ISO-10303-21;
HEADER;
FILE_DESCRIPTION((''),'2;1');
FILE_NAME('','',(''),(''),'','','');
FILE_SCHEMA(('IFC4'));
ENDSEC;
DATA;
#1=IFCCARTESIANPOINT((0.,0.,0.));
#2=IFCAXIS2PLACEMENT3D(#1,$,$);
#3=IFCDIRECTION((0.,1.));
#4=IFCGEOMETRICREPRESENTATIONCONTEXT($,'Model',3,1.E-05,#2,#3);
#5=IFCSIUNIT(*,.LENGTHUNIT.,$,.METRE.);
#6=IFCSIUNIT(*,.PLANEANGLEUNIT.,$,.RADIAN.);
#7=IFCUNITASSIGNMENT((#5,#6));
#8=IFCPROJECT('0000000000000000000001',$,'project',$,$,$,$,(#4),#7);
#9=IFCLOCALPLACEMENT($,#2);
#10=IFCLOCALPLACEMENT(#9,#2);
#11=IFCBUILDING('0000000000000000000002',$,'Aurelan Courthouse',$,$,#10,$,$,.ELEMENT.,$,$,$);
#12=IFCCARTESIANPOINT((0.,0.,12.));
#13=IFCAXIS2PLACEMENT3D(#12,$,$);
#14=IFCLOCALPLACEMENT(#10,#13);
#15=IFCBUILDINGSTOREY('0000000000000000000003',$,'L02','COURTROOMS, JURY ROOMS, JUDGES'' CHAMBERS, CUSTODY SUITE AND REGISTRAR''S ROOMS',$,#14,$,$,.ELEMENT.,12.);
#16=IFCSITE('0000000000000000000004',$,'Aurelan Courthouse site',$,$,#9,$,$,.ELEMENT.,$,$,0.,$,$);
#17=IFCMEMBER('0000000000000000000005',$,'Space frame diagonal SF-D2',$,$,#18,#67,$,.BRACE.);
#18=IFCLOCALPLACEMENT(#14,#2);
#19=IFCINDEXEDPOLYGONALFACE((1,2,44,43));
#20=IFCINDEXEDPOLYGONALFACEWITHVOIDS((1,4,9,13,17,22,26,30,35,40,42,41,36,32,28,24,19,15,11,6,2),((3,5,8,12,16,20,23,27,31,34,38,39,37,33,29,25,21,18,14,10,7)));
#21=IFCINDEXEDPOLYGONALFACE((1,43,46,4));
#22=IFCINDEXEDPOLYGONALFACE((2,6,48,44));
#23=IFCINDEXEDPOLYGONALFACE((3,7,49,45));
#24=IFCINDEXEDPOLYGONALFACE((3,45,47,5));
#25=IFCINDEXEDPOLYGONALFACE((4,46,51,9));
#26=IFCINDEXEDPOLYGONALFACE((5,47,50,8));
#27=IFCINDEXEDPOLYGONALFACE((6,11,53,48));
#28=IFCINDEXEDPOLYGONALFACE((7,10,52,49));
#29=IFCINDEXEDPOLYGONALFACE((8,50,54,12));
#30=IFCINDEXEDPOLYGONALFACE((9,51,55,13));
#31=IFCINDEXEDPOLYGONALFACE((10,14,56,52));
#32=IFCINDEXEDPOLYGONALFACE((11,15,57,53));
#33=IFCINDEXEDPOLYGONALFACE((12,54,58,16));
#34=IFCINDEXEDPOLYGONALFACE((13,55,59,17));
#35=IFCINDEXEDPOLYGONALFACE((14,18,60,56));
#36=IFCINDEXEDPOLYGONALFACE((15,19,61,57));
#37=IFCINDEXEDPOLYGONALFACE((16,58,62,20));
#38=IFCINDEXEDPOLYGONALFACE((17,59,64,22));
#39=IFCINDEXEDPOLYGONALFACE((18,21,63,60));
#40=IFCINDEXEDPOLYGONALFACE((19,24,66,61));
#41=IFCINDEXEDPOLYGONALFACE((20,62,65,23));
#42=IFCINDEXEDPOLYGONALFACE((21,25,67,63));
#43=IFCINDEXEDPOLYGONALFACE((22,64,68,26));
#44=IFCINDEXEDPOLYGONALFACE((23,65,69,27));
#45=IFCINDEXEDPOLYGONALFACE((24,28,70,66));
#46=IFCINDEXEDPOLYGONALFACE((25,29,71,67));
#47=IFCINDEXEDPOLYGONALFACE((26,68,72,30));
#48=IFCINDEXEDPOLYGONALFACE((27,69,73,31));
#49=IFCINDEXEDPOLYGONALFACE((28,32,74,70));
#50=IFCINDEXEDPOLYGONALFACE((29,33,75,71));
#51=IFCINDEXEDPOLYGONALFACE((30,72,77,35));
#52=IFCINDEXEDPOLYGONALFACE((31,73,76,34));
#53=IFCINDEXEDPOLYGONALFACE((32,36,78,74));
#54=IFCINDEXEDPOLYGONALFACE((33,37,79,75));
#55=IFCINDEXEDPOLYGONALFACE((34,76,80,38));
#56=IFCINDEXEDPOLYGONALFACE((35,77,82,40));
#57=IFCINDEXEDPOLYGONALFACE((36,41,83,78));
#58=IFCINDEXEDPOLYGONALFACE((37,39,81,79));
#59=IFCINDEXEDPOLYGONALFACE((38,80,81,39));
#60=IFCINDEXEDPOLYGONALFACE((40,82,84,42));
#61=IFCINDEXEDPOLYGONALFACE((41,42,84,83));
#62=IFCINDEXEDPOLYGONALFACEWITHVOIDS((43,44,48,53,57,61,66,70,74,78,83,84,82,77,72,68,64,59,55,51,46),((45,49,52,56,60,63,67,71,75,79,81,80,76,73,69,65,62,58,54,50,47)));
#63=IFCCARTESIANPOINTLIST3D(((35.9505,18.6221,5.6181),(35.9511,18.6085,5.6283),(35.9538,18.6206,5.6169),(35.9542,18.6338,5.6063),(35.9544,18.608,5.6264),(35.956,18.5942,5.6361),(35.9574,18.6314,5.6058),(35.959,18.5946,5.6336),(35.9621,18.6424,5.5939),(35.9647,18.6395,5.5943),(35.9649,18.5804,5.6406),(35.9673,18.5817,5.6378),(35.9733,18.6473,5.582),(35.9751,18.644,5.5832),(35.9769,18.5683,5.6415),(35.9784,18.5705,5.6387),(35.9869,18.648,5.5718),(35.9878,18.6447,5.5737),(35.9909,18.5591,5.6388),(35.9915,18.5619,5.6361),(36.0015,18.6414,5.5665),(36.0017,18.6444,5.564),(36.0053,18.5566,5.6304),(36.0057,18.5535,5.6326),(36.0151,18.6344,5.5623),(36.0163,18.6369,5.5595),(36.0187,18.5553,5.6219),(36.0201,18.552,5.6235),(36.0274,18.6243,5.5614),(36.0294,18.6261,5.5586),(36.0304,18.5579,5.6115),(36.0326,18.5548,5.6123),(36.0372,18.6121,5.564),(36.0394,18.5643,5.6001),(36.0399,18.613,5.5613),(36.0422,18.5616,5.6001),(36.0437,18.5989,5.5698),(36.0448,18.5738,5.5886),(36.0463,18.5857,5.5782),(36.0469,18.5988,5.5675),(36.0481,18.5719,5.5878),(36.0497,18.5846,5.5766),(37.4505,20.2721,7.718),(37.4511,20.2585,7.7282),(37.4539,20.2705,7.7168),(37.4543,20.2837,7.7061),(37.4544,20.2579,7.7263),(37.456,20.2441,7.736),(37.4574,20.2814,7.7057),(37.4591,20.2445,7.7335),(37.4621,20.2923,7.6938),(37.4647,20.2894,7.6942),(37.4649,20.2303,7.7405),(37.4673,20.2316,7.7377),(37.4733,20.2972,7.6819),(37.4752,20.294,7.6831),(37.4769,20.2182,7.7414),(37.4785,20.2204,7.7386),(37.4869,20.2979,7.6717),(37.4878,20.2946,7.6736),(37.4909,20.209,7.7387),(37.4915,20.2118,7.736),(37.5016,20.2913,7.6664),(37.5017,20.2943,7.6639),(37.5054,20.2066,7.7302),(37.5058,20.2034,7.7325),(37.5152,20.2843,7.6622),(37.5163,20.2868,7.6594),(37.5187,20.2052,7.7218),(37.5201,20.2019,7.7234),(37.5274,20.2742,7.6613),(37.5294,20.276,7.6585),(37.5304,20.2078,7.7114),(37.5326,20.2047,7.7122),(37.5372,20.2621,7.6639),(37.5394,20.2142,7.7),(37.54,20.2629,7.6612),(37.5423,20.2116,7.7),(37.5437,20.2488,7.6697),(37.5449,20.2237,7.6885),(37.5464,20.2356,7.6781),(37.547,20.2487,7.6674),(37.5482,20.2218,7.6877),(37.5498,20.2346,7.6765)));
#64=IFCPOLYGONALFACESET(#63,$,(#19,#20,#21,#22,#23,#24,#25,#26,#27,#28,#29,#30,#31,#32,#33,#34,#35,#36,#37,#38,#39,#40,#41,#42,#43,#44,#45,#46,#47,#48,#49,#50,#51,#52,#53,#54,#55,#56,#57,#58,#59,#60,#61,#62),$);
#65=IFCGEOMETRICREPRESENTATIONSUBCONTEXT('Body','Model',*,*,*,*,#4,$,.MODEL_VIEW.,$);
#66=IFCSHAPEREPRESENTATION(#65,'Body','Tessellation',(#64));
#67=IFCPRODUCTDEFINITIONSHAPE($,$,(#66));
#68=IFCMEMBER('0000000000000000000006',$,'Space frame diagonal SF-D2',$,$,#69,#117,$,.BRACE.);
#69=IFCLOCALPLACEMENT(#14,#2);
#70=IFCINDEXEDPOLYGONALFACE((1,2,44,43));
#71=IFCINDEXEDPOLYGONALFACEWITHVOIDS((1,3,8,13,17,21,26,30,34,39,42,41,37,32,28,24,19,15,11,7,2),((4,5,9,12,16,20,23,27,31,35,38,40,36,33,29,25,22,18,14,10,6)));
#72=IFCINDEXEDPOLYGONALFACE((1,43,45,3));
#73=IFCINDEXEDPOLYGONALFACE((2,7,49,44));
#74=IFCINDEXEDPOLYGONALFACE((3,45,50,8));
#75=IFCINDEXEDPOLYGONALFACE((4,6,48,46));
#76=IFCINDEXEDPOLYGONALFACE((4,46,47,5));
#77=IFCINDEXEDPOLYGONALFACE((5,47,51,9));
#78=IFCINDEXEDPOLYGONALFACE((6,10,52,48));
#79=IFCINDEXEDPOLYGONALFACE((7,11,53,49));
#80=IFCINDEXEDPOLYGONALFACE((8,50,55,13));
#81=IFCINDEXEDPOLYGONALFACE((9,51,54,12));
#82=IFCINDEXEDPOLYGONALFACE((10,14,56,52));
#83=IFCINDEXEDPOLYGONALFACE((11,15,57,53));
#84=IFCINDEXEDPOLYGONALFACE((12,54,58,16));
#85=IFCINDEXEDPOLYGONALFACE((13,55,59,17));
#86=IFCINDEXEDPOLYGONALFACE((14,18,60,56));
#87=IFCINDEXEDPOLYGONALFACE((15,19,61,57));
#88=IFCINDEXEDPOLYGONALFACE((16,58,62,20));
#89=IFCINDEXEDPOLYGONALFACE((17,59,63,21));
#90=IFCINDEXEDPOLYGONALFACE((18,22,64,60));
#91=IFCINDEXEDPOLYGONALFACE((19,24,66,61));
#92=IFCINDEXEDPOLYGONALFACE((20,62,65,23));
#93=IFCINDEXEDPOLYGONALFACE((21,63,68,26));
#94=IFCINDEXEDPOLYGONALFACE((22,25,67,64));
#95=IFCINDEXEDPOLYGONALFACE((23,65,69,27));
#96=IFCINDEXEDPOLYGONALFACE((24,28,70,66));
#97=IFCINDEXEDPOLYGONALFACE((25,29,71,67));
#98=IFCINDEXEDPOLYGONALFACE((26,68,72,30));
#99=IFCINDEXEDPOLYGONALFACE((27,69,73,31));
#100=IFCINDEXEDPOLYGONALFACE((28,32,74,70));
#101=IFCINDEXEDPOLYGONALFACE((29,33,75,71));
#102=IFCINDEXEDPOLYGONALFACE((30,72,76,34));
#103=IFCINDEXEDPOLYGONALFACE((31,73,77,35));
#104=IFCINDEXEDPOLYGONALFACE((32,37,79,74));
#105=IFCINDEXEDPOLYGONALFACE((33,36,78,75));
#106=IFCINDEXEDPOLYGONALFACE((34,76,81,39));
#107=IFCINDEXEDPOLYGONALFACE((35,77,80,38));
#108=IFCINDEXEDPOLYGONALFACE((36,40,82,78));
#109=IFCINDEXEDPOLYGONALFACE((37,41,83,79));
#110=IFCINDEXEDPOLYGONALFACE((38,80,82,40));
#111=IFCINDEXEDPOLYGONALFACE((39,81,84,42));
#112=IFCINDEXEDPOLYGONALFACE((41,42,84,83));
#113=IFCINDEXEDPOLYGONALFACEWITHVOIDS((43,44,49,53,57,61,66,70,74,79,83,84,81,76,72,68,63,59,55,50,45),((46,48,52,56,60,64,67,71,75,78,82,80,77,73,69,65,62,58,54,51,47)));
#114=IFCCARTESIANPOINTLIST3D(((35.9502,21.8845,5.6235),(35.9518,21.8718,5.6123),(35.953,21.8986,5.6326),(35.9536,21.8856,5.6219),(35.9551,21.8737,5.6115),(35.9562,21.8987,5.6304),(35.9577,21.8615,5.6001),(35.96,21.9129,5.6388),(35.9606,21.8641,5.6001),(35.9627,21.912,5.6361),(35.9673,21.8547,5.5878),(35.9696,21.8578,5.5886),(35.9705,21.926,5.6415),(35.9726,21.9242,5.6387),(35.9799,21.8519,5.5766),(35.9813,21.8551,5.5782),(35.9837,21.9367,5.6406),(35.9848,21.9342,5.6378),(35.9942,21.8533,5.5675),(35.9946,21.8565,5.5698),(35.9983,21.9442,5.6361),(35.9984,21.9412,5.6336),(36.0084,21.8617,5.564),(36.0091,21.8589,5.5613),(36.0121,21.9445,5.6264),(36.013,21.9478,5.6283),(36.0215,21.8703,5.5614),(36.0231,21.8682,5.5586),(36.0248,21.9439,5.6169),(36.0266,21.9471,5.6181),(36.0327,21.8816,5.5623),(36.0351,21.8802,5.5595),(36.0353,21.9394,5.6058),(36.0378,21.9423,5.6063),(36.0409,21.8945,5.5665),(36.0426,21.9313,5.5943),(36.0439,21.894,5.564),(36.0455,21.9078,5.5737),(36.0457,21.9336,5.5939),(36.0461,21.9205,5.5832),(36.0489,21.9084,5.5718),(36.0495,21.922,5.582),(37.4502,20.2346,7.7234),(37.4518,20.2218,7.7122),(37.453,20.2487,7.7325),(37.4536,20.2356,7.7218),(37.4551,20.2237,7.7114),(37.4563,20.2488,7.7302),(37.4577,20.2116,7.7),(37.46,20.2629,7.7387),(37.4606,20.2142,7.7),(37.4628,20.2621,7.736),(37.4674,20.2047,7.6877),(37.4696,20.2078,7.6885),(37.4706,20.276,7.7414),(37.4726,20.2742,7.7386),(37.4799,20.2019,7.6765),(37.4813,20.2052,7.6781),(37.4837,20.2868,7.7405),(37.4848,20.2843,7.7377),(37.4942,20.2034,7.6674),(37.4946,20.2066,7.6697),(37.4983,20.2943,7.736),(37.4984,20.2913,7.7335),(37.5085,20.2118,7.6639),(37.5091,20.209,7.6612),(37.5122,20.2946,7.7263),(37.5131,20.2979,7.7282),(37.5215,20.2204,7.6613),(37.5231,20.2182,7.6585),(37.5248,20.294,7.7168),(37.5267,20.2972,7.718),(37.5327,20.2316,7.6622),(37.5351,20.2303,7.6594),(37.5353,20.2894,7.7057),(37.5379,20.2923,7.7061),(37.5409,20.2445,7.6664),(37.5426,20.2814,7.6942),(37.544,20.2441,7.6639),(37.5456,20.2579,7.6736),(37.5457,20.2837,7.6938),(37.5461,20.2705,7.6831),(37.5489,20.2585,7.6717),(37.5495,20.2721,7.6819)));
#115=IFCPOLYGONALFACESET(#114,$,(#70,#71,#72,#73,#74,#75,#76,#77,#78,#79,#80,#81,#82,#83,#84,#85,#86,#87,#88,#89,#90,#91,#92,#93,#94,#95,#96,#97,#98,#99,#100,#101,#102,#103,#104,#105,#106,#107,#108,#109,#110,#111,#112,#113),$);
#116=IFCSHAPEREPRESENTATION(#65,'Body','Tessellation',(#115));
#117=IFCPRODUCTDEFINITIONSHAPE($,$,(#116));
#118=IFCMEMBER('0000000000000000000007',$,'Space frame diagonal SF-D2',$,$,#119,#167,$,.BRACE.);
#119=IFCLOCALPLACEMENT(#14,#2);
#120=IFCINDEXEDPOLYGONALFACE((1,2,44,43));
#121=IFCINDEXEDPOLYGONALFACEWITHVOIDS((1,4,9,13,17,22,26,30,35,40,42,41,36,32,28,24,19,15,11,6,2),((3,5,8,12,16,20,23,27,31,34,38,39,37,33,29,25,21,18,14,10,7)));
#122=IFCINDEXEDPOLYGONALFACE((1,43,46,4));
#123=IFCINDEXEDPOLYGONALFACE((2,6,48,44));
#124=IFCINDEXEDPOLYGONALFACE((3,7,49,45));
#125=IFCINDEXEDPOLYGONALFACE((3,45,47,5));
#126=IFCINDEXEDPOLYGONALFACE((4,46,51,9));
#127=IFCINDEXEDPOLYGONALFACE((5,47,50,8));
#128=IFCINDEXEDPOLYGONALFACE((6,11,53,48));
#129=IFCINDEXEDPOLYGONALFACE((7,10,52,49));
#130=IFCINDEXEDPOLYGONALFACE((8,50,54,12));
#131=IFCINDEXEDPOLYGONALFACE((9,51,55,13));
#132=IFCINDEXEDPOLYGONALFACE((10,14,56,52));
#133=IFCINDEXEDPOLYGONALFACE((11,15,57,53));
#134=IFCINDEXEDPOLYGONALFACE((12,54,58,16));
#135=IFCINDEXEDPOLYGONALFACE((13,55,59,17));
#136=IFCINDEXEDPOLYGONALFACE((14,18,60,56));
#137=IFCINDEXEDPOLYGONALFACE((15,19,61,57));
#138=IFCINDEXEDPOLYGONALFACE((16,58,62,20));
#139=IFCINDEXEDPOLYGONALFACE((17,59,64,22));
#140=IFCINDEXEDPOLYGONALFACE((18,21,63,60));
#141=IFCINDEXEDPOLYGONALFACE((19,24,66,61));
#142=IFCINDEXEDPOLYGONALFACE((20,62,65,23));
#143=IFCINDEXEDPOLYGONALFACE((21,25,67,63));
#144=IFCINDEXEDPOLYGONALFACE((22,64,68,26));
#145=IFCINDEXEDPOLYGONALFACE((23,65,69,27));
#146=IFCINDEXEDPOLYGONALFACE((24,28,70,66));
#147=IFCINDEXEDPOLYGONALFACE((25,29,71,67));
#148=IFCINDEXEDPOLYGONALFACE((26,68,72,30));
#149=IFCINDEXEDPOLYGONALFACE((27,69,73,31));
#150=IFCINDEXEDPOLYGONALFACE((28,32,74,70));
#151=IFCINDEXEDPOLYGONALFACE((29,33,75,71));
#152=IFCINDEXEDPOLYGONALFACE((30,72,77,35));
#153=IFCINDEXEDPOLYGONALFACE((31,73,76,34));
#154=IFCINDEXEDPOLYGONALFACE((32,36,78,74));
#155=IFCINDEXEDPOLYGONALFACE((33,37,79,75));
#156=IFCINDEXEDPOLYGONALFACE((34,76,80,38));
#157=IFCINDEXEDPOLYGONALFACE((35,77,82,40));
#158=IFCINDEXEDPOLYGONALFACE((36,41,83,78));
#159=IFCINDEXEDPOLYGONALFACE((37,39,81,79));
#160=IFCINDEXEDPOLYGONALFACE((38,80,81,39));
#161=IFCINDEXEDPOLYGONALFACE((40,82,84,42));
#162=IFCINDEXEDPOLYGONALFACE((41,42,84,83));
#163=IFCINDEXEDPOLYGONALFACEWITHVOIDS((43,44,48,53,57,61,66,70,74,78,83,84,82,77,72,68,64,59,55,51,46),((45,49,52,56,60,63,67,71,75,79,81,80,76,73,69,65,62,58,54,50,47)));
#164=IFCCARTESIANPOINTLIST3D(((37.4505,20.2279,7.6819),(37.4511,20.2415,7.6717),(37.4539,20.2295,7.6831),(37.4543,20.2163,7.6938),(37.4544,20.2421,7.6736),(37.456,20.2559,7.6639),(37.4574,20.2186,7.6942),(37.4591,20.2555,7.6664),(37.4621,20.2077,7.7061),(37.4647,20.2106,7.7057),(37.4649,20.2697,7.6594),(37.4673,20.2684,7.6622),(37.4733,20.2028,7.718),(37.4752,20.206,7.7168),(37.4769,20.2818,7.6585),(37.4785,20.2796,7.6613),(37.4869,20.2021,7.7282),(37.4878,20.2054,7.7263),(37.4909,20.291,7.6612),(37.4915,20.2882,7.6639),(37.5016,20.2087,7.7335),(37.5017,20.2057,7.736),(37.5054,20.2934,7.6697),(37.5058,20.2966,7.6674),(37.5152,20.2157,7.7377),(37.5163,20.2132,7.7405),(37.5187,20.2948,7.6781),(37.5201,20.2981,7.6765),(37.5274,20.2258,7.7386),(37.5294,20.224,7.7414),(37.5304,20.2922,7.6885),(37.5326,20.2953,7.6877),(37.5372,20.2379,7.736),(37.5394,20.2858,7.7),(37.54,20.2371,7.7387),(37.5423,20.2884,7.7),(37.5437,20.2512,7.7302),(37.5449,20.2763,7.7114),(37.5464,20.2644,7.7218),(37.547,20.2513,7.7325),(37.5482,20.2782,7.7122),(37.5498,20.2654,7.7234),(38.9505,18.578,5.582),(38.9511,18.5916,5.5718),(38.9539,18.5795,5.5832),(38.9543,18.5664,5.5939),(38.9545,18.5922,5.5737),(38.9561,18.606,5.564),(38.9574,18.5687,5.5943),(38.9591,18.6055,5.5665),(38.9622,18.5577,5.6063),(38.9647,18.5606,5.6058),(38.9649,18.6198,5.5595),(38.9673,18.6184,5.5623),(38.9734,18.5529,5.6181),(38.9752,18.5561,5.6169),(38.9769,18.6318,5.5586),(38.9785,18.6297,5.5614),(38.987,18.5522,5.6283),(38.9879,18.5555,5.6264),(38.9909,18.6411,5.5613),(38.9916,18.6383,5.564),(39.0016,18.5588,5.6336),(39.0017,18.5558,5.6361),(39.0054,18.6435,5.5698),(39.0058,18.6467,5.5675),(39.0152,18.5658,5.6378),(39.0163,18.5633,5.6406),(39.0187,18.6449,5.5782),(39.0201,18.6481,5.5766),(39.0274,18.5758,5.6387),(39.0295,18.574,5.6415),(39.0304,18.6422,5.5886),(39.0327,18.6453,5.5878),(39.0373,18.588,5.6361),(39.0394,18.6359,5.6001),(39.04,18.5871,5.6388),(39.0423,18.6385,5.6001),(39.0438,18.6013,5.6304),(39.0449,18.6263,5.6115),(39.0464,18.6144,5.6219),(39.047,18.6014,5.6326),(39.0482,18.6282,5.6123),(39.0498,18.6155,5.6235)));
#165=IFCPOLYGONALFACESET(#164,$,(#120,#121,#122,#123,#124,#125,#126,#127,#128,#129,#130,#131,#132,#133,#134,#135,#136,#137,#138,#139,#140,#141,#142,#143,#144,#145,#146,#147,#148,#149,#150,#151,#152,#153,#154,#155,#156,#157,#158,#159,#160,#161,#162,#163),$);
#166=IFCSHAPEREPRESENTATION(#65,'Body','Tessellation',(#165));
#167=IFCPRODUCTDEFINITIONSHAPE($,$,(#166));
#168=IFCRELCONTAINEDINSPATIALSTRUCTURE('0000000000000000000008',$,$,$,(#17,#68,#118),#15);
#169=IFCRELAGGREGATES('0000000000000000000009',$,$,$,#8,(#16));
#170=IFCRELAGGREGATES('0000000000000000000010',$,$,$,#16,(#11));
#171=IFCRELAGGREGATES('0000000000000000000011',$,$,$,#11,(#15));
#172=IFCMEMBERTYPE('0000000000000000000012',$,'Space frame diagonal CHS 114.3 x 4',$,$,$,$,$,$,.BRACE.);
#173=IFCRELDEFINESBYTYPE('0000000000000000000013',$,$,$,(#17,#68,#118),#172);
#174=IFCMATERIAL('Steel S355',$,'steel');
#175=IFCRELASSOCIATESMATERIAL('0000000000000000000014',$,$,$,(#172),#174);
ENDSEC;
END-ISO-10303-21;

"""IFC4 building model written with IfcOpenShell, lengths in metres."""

from ifc_helpers import new_model, si_unit, direction, frame, origin, origin_2d, place, context, subcontext, project, spatial, hollow_circle, extrude, material, material_profile, profile_set, type_object, element, save


model = new_model("IFC4")

# Units and contexts
model_context = context("Model", 3, precision=1e-05, world=origin(), true_north=direction((0.0, 1.0)))
body_context = subcontext(model_context, "Body", "Model", "MODEL_VIEW")
ifc_project = project(units=[si_unit("LENGTHUNIT", "METRE"), si_unit("PLANEANGLEUNIT", "RADIAN")], contexts=[model_context])

# Site, building, storey
site_placement = place(None, origin())
site = spatial("IfcSite", under=ifc_project, at=site_placement, Name="Aurelan Courthouse site", CompositionType="ELEMENT", RefElevation=0.0)
building_placement = place(site_placement, origin())
building = spatial("IfcBuilding", under=site, at=building_placement, Name="Aurelan Courthouse", CompositionType="ELEMENT")
storey_placement = place(building_placement, frame((0.0, 0.0, 12.0)))
storey = spatial("IfcBuildingStorey", under=building, at=storey_placement, Name="L02", Description="COURTROOMS, JURY ROOMS, JUDGES' CHAMBERS, CUSTODY SUITE AND REGISTRAR'S ROOMS", CompositionType="ELEMENT", Elevation=12.0)

# Members
ifc_material_1 = material(Name="Steel S355", Category="steel")
ifc_material_profile_1 = material_profile(ifc_material_1, hollow_circle(Radius=0.0571, WallThickness=0.0039, at=origin_2d()), Name="CHS 114.3 x 4")
ifc_profile_set_1 = profile_set([ifc_material_profile_1], Name="Steel S355")
member_type_1 = type_object("IfcMemberType", Name="Space frame diagonal CHS 114.3 x 4", PredefinedType="BRACE", material=ifc_profile_set_1)
for number, where, z_axis, x_axis, name in (
    (1, (37.5, 20.25, 7.7), (-0.489727, -0.538667, -0.685569), (0.73992, -0.672695, 0.0), "Space frame diagonal SF-D2"),
    (2, (37.5, 20.25, 7.7), (-0.489727, 0.538667, -0.685569), (-0.73992, -0.672695, 0.0), "Space frame diagonal SF-D2"),
    (3, (37.5, 20.25, 7.7), (0.489727, -0.538667, -0.685569), (0.73992, 0.672695, 0.0), "Space frame diagonal SF-D2"),
):
    element("IfcMember", number, at=place(storey_placement, frame(where, z_axis=z_axis, x_axis=x_axis)), inside=storey, type_object=member_type_1, Name=name, PredefinedType="BRACE", context=body_context, shape_type="SweptSolid", body=[
        extrude(hollow_circle(Radius=0.0571, WallThickness=0.0039, at=origin_2d()), origin(), (0.0, 0.0, 1.0), 3.063),
    ])

save(model, "model.ifc")
